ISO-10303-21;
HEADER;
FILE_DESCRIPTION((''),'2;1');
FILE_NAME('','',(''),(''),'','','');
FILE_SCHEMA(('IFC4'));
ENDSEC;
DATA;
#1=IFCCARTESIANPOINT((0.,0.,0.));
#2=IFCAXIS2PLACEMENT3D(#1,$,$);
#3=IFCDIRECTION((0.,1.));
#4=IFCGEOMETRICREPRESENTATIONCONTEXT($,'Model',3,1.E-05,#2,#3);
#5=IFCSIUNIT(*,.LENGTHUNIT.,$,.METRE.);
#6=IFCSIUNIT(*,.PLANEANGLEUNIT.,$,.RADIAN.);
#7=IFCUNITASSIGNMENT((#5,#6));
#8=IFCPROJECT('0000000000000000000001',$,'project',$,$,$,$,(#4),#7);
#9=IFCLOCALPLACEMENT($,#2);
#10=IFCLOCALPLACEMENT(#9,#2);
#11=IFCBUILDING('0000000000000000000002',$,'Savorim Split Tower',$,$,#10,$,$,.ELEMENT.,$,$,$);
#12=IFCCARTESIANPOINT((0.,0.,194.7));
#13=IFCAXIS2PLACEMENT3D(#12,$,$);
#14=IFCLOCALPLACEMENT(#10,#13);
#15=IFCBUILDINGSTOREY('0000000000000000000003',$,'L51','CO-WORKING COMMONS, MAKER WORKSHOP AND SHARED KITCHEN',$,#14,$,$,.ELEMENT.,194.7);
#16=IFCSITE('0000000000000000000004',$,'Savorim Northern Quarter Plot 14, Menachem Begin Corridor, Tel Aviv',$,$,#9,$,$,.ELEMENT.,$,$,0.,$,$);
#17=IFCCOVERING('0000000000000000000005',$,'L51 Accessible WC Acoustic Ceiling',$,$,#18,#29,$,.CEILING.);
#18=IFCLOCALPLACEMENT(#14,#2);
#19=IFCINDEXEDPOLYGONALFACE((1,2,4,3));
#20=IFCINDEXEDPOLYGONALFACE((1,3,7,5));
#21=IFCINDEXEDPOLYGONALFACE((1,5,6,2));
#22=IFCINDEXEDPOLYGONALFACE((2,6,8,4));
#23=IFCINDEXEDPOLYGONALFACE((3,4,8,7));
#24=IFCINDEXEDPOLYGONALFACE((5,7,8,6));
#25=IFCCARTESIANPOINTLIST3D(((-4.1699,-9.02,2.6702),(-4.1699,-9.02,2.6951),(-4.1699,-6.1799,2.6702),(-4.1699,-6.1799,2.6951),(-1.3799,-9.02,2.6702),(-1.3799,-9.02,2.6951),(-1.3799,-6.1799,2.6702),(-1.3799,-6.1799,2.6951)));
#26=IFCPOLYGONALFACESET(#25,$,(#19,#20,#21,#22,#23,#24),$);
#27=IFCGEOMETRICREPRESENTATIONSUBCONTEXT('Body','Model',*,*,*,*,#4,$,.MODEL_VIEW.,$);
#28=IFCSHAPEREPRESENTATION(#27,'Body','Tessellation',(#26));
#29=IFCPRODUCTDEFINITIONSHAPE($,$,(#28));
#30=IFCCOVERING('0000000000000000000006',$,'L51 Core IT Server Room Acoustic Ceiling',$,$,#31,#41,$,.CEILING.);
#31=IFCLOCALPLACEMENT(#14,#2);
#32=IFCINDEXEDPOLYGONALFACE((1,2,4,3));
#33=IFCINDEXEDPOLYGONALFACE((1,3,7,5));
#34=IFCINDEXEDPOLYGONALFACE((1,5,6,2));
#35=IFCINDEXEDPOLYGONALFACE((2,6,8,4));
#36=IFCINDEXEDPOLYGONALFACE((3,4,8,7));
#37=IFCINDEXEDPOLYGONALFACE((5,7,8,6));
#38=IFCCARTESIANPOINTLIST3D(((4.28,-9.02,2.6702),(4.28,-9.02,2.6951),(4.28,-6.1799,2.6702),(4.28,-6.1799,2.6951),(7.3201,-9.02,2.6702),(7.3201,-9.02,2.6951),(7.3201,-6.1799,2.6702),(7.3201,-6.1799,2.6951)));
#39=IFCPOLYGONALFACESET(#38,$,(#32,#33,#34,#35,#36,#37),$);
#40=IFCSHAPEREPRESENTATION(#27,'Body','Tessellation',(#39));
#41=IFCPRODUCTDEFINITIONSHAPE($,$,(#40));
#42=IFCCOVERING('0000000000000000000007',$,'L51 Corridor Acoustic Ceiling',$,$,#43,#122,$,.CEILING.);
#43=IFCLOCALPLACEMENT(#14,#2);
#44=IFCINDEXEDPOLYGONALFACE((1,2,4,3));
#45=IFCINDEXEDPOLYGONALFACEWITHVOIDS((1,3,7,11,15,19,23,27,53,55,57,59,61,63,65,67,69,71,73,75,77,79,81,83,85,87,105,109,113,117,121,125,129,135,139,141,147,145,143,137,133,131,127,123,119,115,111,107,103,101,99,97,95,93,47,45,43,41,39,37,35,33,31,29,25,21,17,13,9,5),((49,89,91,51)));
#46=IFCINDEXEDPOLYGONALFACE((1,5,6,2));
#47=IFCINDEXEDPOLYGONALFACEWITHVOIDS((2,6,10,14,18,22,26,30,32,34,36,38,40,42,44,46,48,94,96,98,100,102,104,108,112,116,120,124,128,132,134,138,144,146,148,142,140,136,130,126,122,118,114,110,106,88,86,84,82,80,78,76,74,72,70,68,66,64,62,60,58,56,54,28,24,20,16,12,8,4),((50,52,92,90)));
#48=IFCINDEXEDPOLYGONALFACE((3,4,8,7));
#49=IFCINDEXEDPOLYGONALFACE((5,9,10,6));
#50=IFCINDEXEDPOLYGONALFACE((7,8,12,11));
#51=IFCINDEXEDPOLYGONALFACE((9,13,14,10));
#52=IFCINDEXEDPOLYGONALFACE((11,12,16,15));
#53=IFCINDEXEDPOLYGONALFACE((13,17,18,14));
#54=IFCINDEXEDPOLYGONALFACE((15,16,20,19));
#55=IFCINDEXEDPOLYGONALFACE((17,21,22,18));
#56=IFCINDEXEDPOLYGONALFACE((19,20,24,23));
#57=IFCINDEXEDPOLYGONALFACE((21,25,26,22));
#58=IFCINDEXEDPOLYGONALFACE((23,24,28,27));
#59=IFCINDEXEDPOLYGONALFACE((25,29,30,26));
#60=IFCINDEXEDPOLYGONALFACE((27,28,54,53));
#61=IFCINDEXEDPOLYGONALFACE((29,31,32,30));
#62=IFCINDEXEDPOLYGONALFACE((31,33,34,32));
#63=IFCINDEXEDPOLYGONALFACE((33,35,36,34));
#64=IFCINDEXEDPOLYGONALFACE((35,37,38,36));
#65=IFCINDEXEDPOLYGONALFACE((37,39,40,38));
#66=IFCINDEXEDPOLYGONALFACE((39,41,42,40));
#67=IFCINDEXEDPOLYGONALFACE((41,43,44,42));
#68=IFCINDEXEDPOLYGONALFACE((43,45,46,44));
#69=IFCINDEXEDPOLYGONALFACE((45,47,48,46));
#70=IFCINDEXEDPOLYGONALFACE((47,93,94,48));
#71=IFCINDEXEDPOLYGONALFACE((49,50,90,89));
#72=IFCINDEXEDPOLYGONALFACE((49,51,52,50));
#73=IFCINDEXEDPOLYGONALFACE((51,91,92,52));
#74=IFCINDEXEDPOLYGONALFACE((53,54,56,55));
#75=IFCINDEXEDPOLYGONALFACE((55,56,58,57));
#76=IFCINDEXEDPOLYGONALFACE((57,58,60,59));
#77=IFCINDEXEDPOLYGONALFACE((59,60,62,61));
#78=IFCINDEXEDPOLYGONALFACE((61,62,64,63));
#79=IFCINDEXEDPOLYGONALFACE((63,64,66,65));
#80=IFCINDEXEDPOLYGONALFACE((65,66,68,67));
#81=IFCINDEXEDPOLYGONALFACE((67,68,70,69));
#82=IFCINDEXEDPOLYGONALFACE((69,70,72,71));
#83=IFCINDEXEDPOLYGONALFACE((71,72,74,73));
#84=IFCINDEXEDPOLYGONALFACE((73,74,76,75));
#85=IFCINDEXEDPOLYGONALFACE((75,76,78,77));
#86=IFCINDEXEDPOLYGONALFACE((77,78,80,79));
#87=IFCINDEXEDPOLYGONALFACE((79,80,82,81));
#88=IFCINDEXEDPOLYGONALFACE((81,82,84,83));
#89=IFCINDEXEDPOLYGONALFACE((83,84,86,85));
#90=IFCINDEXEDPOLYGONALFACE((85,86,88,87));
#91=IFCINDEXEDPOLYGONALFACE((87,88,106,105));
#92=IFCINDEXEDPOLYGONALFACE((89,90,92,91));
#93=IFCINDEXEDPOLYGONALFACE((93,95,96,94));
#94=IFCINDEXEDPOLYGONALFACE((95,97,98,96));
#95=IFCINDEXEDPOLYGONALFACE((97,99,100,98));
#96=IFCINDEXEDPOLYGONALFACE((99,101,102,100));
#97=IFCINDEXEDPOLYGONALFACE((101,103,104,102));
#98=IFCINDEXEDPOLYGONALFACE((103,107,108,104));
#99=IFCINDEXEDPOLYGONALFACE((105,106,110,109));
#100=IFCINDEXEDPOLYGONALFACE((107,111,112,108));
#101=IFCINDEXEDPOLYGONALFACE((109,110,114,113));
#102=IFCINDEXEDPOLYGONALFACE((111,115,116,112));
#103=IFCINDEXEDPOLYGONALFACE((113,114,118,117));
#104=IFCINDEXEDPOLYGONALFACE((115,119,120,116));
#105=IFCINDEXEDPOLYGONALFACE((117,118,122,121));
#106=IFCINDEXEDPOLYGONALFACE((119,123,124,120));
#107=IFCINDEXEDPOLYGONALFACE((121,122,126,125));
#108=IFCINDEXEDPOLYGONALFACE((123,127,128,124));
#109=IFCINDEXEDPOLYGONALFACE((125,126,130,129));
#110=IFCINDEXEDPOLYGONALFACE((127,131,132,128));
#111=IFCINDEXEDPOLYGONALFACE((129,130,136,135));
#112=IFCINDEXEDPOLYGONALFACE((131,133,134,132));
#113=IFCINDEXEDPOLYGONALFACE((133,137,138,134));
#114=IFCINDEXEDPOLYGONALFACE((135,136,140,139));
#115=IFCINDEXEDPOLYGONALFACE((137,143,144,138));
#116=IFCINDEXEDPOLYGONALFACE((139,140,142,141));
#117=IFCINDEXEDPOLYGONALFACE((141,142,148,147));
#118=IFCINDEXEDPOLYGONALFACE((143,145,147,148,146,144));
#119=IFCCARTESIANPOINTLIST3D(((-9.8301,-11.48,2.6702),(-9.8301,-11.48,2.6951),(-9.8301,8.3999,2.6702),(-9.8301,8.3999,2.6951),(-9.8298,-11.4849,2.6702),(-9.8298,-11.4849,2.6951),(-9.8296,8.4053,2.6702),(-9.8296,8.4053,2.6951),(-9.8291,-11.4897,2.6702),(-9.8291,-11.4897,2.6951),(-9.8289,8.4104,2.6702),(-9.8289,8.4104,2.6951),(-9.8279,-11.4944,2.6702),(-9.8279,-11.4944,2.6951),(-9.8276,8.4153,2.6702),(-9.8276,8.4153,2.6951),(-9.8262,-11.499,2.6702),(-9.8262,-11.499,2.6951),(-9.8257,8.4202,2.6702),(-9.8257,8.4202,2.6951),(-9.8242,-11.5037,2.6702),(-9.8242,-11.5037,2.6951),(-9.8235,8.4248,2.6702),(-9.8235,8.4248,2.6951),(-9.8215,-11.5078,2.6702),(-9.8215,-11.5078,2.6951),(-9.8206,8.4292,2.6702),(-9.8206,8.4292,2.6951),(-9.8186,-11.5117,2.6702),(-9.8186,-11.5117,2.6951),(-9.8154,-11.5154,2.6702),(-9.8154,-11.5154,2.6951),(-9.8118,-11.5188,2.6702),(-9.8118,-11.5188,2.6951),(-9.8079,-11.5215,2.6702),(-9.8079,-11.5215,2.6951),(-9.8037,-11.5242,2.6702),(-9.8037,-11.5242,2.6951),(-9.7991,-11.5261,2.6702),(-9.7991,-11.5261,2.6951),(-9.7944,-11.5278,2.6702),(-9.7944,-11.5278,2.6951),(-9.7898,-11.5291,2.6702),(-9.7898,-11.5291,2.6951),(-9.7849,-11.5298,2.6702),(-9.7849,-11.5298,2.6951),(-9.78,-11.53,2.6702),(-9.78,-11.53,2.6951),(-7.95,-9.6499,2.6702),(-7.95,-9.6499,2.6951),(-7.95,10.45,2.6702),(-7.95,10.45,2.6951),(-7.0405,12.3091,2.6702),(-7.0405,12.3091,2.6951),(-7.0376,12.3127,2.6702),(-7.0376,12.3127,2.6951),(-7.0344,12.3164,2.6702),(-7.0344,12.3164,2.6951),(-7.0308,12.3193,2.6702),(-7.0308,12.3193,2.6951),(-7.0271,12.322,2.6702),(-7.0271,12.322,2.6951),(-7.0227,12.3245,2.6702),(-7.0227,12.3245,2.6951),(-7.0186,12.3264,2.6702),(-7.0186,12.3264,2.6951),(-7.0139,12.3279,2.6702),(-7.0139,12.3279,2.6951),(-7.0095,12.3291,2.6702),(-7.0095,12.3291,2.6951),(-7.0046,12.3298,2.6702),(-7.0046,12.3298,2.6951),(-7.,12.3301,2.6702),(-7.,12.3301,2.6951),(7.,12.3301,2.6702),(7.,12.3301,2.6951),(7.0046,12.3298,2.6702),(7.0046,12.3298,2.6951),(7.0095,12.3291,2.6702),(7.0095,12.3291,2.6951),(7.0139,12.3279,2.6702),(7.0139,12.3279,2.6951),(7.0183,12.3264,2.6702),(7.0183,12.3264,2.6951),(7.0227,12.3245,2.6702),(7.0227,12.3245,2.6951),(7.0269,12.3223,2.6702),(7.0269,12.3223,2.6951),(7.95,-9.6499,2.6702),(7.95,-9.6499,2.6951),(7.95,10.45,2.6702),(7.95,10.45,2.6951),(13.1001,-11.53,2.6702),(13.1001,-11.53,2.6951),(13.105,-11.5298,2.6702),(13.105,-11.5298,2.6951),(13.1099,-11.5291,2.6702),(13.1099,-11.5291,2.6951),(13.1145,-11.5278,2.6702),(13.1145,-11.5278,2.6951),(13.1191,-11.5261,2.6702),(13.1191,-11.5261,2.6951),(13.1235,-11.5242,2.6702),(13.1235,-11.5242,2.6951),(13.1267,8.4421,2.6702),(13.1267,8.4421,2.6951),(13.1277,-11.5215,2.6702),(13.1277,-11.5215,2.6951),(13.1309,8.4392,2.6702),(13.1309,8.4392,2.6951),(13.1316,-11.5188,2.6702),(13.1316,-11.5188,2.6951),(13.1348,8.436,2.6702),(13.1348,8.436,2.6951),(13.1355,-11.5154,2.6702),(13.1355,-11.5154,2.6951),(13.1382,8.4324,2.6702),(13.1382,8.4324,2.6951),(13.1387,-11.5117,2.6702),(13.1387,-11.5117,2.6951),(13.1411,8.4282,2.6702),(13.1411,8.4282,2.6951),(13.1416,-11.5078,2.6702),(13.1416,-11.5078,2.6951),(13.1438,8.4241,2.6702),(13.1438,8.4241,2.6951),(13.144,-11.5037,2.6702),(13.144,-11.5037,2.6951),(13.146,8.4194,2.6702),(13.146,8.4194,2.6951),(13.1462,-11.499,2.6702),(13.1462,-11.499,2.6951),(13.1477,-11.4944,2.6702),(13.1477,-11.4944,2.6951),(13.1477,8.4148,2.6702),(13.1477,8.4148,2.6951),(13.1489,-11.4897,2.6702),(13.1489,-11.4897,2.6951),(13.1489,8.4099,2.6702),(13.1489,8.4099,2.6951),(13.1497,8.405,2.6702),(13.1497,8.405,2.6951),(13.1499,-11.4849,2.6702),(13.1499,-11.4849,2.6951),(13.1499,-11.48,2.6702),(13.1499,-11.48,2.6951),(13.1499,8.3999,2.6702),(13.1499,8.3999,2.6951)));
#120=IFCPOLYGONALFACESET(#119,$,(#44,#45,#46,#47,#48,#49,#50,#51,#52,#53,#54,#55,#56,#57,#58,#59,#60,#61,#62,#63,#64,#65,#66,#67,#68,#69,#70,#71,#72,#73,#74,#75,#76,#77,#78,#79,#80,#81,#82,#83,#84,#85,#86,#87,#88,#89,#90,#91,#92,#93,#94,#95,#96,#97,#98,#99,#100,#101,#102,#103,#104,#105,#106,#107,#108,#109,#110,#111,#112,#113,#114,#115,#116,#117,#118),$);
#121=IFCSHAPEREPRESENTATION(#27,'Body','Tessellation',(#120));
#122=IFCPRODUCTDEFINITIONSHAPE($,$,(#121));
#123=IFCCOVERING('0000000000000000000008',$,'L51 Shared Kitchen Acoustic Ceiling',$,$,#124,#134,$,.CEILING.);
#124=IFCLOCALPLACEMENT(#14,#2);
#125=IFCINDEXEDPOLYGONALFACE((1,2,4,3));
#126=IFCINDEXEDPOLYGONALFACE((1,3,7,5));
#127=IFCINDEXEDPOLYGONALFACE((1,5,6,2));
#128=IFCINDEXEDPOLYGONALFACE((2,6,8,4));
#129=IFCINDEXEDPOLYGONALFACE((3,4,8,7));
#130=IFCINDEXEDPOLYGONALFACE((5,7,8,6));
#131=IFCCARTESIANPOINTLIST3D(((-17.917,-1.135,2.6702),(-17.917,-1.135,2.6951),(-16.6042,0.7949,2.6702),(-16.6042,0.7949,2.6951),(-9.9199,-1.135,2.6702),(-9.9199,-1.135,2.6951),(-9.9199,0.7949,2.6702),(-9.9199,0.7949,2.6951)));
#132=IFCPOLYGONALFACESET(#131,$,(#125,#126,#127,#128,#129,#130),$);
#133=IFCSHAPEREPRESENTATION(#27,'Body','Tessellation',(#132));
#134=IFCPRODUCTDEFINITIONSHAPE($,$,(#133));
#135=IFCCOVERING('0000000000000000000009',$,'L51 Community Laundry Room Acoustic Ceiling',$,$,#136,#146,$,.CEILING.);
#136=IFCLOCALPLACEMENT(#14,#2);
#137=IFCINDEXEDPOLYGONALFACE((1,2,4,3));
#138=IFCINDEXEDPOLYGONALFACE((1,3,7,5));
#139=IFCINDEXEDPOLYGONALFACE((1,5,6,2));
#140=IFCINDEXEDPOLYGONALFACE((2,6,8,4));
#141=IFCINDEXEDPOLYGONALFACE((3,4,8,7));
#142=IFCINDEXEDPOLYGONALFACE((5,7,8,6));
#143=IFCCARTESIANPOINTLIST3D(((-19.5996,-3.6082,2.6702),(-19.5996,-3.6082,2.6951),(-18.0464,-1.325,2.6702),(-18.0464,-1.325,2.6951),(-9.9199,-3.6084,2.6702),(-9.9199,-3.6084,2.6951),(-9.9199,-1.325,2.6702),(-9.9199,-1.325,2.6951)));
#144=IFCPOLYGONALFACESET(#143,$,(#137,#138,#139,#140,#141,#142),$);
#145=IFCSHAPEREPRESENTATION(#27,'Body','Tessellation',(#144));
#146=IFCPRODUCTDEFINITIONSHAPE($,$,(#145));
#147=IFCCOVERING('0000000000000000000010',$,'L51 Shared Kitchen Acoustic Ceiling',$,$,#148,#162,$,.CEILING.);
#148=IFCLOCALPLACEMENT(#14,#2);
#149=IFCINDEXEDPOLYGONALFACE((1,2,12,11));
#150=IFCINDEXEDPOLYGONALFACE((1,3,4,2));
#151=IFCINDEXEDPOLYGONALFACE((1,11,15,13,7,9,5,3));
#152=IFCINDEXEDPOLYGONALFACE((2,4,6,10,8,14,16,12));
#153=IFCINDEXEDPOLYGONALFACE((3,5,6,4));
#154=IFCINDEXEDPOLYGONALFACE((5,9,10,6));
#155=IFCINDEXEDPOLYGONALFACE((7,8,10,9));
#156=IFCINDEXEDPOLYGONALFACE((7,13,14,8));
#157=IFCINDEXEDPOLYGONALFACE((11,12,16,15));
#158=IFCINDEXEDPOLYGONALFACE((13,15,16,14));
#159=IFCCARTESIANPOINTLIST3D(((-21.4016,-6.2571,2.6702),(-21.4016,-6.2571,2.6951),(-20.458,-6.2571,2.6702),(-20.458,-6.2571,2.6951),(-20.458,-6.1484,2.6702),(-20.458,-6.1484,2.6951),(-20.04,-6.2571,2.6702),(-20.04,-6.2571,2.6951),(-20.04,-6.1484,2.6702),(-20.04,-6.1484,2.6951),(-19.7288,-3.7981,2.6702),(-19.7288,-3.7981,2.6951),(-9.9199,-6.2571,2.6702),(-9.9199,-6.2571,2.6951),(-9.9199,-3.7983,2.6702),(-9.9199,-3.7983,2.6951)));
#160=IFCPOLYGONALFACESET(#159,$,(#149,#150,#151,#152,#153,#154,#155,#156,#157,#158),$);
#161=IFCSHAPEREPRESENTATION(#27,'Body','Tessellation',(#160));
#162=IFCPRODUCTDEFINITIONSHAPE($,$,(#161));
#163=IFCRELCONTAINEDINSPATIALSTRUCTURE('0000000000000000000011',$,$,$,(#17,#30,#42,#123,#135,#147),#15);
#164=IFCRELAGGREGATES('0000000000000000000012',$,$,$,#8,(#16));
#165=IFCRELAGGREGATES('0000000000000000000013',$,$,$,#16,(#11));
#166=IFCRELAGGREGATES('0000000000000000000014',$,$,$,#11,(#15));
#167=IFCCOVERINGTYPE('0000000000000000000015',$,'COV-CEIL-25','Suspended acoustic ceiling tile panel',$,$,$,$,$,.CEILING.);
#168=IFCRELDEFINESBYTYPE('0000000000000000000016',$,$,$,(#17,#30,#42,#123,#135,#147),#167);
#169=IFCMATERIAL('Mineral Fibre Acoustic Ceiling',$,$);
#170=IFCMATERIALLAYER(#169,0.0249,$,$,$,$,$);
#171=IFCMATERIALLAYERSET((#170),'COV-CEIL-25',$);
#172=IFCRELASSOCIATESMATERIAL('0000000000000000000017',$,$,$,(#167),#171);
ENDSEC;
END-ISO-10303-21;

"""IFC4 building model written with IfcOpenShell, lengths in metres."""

from ifc_helpers import new_model, si_unit, direction, frame, origin, place, context, subcontext, project, spatial, polyline, outline, extrude, material, layer, layer_set, type_object, element, save


model = new_model("IFC4")

# Units and contexts
model_context = context("Model", 3, precision=1e-05, world=origin(), true_north=direction((0.0, 1.0)))
body_context = subcontext(model_context, "Body", "Model", "MODEL_VIEW")
ifc_project = project(units=[si_unit("LENGTHUNIT", "METRE"), si_unit("PLANEANGLEUNIT", "RADIAN")], contexts=[model_context])

# Site, building, storey
site_placement = place(None, origin())
site = spatial("IfcSite", under=ifc_project, at=site_placement, Name="Savorim Northern Quarter Plot 14, Menachem Begin Corridor, Tel Aviv", CompositionType="ELEMENT", RefElevation=0.0)
building_placement = place(site_placement, origin())
building = spatial("IfcBuilding", under=site, at=building_placement, Name="Savorim Split Tower", CompositionType="ELEMENT")
storey_placement = place(building_placement, frame((0.0, 0.0, 194.7)))
storey = spatial("IfcBuildingStorey", under=building, at=storey_placement, Name="L51", Description="CO-WORKING COMMONS, MAKER WORKSHOP AND SHARED KITCHEN", CompositionType="ELEMENT", Elevation=194.7)

# Coverings
ifc_material_1 = material(Name="Mineral Fibre Acoustic Ceiling")
ifc_layer_1 = layer(ifc_material_1, 0.0249)
ifc_layer_set_1 = layer_set([ifc_layer_1], Name="COV-CEIL-25")
covering_type_1 = type_object("IfcCoveringType", Name="COV-CEIL-25", Description="Suspended acoustic ceiling tile panel", PredefinedType="CEILING", material=ifc_layer_set_1)
covering_1_placement = place(storey_placement, frame((0.0, 0.0, 2.6702)))
element("IfcCovering", 1, at=covering_1_placement, inside=storey, type_object=covering_type_1, Name="L51 Accessible WC Acoustic Ceiling", PredefinedType="CEILING", context=body_context, shape_type="SweptSolid", body=[
    extrude(outline(polyline([(-4.1699, -6.1799), (-4.1699, -9.02), (-1.3799, -9.02), (-1.3799, -6.1799), (-4.1699, -6.1799)])), origin(), (0.0, 0.0, 1.0), 0.0249),
])
covering_2_placement = place(storey_placement, frame((0.0, 0.0, 2.6702)))
element("IfcCovering", 2, at=covering_2_placement, inside=storey, type_object=covering_type_1, Name="L51 Core IT Server Room Acoustic Ceiling", PredefinedType="CEILING", context=body_context, shape_type="SweptSolid", body=[
    extrude(outline(polyline([(4.28, -6.1799), (4.28, -9.02), (7.3201, -9.02), (7.3201, -6.1799), (4.28, -6.1799)])), origin(), (0.0, 0.0, 1.0), 0.0249),
])
covering_3_placement = place(storey_placement, frame((0.0, 0.0, 2.6702)))
element("IfcCovering", 3, at=covering_3_placement, inside=storey, type_object=covering_type_1, Name="L51 Corridor Acoustic Ceiling", PredefinedType="CEILING", context=body_context, shape_type="SweptSolid", body=[
    extrude(outline(polyline([(7.0095, 12.3291), (7.0046, 12.3298), (7.0, 12.3301), (-7.0, 12.3301), (-7.0046, 12.3298), (-7.0095, 12.3291), (-7.0139, 12.3279), (-7.0186, 12.3264), (-7.0227, 12.3245), (-7.0271, 12.322), (-7.0308, 12.3193), (-7.0344, 12.3164), (-7.0376, 12.3127), (-7.0405, 12.3091), (-9.8206, 8.4292), (-9.8235, 8.4248), (-9.8257, 8.4202), (-9.8276, 8.4153), (-9.8289, 8.4104), (-9.8296, 8.4053), (-9.8301, 8.3999), (-9.8301, -11.48), (-9.8298, -11.4849), (-9.8291, -11.4897), (-9.8279, -11.4944), (-9.8262, -11.499), (-9.8242, -11.5037), (-9.8215, -11.5078), (-9.8186, -11.5117), (-9.8154, -11.5154), (-9.8118, -11.5188), (-9.8079, -11.5215), (-9.8037, -11.5242), (-9.7991, -11.5261), (-9.7944, -11.5278), (-9.7898, -11.5291), (-9.7849, -11.5298), (-9.78, -11.53), (13.1001, -11.53), (13.105, -11.5298), (13.1099, -11.5291), (13.1145, -11.5278), (13.1191, -11.5261), (13.1235, -11.5242), (13.1277, -11.5215), (13.1316, -11.5188), (13.1355, -11.5154), (13.1387, -11.5117), (13.1416, -11.5078), (13.144, -11.5037), (13.1462, -11.499), (13.1477, -11.4944), (13.1489, -11.4897), (13.1499, -11.4849), (13.1499, -11.48), (13.1499, 8.3999), (13.1497, 8.405), (13.1489, 8.4099), (13.1477, 8.4148), (13.146, 8.4194), (13.1438, 8.4241), (13.1411, 8.4282), (13.1382, 8.4324), (13.1348, 8.436), (13.1309, 8.4392), (13.1267, 8.4421), (7.0269, 12.3223), (7.0227, 12.3245), (7.0183, 12.3264), (7.0139, 12.3279), (7.0095, 12.3291)]), holes=[polyline([(-7.95, 10.45), (-7.95, -9.6499), (7.95, -9.6499), (7.95, 10.45), (-7.95, 10.45)])]), origin(), (0.0, 0.0, 1.0), 0.0249),
])
covering_4_placement = place(storey_placement, frame((0.0, 0.0, 2.6702)))
element("IfcCovering", 4, at=covering_4_placement, inside=storey, type_object=covering_type_1, Name="L51 Shared Kitchen Acoustic Ceiling", PredefinedType="CEILING", context=body_context, shape_type="SweptSolid", body=[
    extrude(outline(polyline([(-16.6042, 0.7949), (-17.917, -1.135), (-9.9199, -1.135), (-9.9199, 0.7949), (-16.6042, 0.7949)])), origin(), (0.0, 0.0, 1.0), 0.0249),
])
covering_5_placement = place(storey_placement, frame((0.0, 0.0, 2.6702)))
element("IfcCovering", 5, at=covering_5_placement, inside=storey, type_object=covering_type_1, Name="L51 Community Laundry Room Acoustic Ceiling", PredefinedType="CEILING", context=body_context, shape_type="SweptSolid", body=[
    extrude(outline(polyline([(-18.0464, -1.325), (-19.5996, -3.6082), (-9.9199, -3.6084), (-9.9199, -1.325), (-18.0464, -1.325)])), origin(), (0.0, 0.0, 1.0), 0.0249),
])
covering_6_placement = place(storey_placement, frame((0.0, 0.0, 2.6702)))
element("IfcCovering", 6, at=covering_6_placement, inside=storey, type_object=covering_type_1, Name="L51 Shared Kitchen Acoustic Ceiling", PredefinedType="CEILING", context=body_context, shape_type="SweptSolid", body=[
    extrude(outline(polyline([(-20.04, -6.1484), (-20.04, -6.2571), (-9.9199, -6.2571), (-9.9199, -3.7983), (-19.7288, -3.7981), (-21.4016, -6.2571), (-20.458, -6.2571), (-20.458, -6.1484), (-20.04, -6.1484)])), origin(), (0.0, 0.0, 1.0), 0.0249),
])

save(model, "model.ifc")
